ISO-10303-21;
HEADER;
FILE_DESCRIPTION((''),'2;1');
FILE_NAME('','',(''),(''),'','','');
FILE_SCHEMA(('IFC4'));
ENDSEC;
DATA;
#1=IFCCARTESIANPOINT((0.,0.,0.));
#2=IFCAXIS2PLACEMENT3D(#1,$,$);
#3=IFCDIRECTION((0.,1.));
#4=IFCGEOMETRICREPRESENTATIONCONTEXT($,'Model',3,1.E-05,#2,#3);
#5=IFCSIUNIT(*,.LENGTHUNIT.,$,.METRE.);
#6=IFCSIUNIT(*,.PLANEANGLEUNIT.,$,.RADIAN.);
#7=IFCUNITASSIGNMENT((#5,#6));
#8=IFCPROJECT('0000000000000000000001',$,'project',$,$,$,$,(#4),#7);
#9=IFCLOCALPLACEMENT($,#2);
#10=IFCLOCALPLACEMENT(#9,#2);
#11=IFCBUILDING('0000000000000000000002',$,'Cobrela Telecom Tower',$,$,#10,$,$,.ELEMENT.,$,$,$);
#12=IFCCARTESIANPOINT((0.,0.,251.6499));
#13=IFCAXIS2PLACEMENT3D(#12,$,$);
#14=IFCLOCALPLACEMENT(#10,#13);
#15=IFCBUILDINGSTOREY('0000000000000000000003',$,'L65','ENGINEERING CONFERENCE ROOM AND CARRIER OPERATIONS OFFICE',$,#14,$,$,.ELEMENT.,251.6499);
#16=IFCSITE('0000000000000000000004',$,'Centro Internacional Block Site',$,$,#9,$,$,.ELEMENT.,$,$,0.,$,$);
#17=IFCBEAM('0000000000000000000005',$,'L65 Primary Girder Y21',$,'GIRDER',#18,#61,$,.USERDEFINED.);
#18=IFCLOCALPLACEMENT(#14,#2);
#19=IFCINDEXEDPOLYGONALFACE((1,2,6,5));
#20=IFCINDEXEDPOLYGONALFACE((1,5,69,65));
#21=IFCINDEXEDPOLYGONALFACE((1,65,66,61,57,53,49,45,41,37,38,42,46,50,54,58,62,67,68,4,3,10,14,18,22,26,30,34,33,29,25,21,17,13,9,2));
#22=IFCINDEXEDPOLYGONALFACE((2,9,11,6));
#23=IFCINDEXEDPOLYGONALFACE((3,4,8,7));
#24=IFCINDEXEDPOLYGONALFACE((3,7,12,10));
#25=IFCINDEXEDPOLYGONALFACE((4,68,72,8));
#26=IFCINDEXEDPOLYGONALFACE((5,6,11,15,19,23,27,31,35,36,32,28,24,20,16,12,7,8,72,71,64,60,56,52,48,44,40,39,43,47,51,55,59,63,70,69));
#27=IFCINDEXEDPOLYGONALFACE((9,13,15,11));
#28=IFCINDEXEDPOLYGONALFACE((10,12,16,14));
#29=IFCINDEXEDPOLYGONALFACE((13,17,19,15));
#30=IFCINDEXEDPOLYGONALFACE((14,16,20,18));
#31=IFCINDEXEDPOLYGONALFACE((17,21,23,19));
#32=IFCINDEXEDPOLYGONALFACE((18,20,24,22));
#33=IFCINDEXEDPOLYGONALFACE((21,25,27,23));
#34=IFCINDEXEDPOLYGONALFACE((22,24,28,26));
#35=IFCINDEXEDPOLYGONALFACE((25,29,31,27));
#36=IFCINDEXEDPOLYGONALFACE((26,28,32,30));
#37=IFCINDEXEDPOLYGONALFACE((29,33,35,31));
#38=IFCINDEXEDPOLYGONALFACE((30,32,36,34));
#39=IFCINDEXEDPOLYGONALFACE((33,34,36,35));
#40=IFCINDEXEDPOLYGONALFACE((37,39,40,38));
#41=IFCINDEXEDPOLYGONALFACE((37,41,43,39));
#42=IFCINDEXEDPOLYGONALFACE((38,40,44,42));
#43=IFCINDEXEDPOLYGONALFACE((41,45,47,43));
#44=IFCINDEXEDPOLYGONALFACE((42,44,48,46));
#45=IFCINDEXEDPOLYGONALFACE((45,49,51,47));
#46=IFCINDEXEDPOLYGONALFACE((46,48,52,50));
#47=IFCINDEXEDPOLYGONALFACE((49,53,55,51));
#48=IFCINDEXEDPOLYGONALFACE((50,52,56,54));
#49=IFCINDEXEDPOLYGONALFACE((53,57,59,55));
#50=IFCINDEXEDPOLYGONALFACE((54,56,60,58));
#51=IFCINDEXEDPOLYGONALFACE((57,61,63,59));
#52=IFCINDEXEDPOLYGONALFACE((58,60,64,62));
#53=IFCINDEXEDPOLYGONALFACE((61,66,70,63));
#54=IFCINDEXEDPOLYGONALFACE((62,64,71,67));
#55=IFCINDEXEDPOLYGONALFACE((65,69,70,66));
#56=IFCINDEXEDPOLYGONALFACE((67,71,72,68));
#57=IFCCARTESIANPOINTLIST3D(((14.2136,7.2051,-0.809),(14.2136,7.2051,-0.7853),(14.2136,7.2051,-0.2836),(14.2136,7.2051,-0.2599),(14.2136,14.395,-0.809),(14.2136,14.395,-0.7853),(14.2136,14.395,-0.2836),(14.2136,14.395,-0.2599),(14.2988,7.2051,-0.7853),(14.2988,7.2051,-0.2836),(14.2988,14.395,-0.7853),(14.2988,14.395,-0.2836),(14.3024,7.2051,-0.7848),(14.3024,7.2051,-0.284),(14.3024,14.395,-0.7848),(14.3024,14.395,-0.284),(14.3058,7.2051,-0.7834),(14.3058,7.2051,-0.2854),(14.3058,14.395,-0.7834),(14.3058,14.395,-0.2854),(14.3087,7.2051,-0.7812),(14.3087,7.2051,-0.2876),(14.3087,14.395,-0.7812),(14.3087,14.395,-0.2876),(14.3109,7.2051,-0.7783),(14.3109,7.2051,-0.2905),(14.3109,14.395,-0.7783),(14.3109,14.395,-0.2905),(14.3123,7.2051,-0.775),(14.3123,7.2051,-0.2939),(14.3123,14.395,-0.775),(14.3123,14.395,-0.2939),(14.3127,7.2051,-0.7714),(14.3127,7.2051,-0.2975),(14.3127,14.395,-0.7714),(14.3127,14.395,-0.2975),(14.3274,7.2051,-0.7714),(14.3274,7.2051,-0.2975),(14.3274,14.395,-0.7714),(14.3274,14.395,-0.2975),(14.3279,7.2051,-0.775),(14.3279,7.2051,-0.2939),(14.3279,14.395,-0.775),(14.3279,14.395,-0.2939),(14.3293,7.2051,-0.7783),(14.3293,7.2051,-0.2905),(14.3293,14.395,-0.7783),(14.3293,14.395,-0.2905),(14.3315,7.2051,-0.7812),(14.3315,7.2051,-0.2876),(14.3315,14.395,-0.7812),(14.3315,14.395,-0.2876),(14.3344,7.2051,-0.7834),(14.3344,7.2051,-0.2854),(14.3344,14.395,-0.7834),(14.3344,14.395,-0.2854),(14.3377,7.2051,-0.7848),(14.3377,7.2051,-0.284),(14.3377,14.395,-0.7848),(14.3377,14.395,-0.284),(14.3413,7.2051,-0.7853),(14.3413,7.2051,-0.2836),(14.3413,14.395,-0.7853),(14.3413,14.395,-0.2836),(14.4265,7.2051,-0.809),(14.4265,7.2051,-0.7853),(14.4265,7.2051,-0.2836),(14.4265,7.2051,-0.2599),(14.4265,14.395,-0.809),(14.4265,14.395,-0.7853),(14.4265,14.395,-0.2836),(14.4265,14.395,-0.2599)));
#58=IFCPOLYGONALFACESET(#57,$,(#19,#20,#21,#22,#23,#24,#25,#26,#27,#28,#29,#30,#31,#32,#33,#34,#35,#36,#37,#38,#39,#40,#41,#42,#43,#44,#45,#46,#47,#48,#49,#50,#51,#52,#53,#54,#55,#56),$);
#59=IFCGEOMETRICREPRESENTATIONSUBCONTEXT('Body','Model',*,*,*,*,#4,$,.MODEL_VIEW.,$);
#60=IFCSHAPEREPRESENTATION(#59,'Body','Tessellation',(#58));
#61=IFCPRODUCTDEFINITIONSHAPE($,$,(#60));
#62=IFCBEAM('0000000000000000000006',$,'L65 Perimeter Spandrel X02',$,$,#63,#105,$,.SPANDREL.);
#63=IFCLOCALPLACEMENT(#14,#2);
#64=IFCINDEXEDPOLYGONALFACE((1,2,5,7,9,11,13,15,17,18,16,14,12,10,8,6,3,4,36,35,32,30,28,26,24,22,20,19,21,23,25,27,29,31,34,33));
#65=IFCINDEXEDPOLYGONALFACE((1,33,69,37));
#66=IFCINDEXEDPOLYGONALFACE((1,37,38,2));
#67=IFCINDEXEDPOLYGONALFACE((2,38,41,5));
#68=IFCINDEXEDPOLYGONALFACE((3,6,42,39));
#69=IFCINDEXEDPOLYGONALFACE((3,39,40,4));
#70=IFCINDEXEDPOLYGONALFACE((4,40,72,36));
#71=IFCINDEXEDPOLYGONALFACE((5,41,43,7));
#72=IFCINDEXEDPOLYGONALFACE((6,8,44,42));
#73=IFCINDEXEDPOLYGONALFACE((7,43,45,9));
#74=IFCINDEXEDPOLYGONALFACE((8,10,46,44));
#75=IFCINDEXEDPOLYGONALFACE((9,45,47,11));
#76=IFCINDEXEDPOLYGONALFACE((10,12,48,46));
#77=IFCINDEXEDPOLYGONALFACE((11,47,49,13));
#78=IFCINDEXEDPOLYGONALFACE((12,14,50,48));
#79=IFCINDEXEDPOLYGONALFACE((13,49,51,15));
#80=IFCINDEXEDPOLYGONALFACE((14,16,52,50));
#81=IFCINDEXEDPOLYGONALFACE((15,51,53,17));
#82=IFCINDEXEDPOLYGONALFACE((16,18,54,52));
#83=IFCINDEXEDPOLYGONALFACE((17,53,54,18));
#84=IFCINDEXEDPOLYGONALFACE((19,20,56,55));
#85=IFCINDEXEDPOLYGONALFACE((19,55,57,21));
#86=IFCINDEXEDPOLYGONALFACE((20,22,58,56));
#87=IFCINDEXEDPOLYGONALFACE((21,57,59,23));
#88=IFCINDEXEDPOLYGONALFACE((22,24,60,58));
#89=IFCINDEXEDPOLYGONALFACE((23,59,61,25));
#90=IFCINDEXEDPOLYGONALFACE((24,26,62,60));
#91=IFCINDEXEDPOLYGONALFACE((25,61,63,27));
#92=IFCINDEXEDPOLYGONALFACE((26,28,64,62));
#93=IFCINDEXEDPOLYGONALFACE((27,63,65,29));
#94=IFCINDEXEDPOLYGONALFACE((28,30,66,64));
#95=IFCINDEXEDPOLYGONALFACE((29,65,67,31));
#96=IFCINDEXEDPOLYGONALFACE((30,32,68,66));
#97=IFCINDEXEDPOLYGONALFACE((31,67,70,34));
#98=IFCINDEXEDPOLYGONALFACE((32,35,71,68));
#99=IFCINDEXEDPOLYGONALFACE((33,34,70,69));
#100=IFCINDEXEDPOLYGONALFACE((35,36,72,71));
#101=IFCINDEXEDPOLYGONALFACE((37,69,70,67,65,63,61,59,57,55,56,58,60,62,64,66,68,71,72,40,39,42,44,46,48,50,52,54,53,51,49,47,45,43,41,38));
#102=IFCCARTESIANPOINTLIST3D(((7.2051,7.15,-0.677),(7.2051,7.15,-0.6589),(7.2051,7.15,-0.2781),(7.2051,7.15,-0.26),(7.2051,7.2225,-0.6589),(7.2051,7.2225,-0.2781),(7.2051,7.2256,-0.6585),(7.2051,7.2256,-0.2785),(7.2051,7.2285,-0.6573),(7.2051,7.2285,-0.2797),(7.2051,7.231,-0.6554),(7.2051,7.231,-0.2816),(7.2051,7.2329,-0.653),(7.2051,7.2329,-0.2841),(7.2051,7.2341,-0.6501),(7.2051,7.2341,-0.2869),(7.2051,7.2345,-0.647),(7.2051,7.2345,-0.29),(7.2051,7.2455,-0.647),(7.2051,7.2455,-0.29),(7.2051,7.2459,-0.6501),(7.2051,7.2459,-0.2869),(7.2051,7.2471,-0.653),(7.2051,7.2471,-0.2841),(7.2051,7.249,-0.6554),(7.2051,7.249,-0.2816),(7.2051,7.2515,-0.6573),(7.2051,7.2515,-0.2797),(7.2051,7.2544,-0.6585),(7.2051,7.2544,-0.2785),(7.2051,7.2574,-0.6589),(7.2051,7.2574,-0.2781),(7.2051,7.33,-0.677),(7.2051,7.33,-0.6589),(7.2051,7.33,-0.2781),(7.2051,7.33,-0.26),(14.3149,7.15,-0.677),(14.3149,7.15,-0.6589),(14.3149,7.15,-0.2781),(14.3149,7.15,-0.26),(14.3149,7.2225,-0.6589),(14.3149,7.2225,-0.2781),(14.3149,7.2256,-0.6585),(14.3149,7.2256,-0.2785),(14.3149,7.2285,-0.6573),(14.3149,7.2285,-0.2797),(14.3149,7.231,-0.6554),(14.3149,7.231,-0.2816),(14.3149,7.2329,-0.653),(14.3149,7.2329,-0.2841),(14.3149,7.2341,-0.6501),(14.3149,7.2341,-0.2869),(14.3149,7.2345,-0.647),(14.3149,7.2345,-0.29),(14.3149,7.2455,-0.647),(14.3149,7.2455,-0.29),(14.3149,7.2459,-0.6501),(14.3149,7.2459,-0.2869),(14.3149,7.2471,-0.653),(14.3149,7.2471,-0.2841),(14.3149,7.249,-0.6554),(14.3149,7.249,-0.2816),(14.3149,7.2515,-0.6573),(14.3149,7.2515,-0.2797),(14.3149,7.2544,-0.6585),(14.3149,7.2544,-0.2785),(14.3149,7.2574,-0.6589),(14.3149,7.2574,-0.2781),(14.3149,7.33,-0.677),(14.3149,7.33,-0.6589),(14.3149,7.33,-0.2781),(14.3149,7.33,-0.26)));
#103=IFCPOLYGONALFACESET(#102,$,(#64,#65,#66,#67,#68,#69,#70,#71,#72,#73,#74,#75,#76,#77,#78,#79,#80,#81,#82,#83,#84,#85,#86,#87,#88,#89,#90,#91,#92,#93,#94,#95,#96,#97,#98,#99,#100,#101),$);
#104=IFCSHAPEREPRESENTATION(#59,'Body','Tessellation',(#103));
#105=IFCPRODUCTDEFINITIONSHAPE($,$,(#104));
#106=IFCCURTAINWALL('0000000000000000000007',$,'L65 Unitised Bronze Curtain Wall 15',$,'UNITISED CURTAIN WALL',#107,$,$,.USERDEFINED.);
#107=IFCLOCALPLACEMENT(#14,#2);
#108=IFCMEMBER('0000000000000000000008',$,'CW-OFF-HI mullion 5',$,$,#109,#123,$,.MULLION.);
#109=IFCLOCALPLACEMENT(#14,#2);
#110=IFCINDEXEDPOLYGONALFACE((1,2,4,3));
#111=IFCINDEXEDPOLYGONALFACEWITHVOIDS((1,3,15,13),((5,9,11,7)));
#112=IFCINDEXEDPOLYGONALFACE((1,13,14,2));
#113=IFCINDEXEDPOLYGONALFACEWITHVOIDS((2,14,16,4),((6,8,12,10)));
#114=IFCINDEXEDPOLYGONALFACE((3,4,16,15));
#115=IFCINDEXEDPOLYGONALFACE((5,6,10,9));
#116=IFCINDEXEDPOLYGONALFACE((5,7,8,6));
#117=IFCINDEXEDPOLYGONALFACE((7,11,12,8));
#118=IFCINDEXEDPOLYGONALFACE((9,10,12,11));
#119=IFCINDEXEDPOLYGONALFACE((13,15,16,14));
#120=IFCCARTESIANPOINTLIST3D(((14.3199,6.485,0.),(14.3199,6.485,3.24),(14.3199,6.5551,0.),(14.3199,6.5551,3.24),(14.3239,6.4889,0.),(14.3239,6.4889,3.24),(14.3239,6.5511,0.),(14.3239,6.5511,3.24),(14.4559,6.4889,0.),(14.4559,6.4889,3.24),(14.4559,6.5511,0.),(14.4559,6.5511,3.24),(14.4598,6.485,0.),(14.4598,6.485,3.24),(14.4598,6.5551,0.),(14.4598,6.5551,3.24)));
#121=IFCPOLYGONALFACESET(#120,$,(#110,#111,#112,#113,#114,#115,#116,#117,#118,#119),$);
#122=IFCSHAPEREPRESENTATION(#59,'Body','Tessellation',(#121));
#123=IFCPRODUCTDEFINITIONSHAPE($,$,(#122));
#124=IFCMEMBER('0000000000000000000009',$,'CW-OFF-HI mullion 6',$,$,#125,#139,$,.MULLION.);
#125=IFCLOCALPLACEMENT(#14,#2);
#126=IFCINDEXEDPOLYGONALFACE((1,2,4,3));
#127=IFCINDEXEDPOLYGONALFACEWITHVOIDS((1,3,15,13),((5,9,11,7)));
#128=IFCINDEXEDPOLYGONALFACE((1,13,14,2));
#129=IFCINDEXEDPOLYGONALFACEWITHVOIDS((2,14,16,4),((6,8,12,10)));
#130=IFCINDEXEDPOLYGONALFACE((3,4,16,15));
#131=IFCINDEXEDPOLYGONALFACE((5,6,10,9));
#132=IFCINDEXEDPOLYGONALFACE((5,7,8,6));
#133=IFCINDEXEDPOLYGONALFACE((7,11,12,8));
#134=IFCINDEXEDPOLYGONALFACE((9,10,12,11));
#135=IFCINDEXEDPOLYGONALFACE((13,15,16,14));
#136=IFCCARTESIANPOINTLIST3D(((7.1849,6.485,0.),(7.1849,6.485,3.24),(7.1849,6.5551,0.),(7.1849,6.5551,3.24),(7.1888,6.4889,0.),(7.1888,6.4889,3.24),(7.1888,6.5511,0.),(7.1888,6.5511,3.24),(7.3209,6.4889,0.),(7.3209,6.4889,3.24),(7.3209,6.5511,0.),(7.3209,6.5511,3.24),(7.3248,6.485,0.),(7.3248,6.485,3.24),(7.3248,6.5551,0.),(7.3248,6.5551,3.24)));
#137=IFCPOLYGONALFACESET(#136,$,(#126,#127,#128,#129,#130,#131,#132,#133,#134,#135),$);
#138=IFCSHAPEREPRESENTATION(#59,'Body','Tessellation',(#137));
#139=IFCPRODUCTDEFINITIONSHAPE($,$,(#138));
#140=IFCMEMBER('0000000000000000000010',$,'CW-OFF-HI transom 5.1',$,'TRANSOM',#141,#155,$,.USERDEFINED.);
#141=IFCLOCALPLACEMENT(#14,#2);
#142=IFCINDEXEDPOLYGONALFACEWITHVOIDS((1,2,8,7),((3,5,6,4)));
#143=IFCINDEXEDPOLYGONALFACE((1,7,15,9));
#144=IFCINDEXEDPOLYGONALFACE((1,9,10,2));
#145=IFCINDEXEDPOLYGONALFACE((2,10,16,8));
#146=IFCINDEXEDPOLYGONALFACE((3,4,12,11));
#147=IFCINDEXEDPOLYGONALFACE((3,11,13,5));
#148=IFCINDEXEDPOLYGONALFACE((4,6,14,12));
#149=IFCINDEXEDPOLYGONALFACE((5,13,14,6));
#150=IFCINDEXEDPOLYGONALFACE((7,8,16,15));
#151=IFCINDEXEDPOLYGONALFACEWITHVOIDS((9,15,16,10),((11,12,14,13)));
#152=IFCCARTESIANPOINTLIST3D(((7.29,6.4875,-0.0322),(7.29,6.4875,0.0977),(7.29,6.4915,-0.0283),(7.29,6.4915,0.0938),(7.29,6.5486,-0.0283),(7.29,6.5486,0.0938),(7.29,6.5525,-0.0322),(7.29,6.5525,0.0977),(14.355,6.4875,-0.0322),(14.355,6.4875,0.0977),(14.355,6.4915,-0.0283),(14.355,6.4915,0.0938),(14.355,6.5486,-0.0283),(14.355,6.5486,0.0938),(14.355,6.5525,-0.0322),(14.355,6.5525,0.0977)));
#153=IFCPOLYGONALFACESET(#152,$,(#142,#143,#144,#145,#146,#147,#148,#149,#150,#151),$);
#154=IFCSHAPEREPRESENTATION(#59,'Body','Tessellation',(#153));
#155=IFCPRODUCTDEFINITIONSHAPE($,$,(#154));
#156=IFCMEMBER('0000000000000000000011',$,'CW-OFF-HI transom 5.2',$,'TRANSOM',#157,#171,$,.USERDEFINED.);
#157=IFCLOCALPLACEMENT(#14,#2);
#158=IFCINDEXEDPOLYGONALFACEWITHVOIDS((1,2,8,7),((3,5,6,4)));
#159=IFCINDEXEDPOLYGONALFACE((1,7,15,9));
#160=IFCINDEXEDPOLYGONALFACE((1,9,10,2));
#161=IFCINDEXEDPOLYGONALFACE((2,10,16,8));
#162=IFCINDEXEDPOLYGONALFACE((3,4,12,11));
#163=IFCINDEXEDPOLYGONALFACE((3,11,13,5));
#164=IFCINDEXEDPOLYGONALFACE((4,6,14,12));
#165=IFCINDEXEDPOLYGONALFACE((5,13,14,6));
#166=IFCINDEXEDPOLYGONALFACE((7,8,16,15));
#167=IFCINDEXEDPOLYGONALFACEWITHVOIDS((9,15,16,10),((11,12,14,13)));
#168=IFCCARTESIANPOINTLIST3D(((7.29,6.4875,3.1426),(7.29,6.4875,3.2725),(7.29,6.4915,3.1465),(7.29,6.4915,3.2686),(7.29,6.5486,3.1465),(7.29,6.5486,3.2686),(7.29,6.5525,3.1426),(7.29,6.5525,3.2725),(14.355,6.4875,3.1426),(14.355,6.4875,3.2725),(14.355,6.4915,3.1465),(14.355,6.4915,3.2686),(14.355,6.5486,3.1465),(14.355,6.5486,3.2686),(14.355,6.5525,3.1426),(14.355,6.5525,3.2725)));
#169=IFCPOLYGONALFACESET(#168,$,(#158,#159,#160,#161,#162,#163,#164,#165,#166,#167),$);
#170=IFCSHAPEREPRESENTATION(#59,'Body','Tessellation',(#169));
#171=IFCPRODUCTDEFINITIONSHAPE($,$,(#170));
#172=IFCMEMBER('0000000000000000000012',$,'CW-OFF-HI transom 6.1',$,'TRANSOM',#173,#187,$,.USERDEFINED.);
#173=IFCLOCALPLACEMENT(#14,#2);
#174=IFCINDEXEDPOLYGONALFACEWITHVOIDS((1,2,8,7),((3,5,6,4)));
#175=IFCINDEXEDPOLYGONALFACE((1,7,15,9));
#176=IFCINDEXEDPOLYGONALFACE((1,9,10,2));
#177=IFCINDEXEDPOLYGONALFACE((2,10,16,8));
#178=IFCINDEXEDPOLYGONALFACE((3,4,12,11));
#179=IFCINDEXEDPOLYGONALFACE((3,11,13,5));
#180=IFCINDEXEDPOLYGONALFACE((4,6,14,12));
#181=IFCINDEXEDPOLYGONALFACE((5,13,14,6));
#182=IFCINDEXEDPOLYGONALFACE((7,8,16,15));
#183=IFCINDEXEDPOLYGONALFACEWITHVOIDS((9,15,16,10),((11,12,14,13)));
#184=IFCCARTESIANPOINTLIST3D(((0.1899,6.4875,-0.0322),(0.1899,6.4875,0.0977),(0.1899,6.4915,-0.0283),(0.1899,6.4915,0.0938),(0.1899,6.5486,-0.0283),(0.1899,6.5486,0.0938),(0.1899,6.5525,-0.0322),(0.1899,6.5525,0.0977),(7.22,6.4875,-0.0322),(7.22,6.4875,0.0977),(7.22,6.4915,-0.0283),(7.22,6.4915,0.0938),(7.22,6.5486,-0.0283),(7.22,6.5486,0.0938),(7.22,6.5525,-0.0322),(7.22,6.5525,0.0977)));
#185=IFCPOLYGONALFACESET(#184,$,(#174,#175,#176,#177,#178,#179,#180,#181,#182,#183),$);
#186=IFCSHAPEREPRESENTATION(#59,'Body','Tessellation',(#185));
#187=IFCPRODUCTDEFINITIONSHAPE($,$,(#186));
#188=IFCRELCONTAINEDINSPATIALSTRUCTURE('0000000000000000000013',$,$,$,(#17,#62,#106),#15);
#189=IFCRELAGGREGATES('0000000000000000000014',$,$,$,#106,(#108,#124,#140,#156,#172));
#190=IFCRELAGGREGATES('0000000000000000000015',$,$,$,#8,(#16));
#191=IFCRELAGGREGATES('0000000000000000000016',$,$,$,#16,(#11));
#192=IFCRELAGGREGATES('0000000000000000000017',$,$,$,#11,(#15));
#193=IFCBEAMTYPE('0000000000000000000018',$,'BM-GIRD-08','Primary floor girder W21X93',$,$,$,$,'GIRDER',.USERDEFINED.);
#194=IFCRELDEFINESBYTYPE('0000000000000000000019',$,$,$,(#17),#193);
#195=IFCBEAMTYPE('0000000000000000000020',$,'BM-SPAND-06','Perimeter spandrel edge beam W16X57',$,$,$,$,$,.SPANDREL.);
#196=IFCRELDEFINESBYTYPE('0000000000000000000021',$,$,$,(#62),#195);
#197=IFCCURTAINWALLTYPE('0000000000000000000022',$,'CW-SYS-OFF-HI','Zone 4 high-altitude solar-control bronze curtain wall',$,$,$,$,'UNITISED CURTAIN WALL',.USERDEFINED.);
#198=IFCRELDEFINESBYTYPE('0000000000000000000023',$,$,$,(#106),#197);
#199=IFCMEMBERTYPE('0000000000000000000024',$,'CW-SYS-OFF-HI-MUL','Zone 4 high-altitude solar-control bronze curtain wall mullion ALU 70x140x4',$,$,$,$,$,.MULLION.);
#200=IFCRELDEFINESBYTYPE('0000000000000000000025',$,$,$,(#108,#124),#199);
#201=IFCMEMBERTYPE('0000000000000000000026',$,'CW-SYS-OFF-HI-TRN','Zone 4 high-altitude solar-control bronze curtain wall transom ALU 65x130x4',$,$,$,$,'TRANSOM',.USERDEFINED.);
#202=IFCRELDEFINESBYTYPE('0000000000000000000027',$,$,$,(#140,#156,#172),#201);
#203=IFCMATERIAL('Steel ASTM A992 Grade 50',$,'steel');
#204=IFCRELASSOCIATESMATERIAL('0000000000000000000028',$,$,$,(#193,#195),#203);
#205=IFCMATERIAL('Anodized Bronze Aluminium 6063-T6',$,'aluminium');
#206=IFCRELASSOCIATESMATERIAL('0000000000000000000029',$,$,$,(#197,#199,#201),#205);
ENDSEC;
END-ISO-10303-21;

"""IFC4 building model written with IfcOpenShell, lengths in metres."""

from ifc_helpers import new_model, si_unit, direction, frame, origin, origin_2d, place, context, subcontext, project, spatial, hollow_rectangle, i_section, extrude, material, material_profile, profile_set, type_object, element, aggregate, save


model = new_model("IFC4")

# Units and contexts
model_context = context("Model", 3, precision=1e-05, world=origin(), true_north=direction((0.0, 1.0)))
body_context = subcontext(model_context, "Body", "Model", "MODEL_VIEW")
ifc_project = project(units=[si_unit("LENGTHUNIT", "METRE"), si_unit("PLANEANGLEUNIT", "RADIAN")], contexts=[model_context])

# Site, building, storey
site_placement = place(None, origin())
site = spatial("IfcSite", under=ifc_project, at=site_placement, Name="Centro Internacional Block Site", CompositionType="ELEMENT", RefElevation=0.0)
building_placement = place(site_placement, origin())
building = spatial("IfcBuilding", under=site, at=building_placement, Name="Cobrela Telecom Tower", CompositionType="ELEMENT")
storey_placement = place(building_placement, frame((0.0, 0.0, 251.6499)))
storey = spatial("IfcBuildingStorey", under=building, at=storey_placement, Name="L65", Description="ENGINEERING CONFERENCE ROOM AND CARRIER OPERATIONS OFFICE", CompositionType="ELEMENT", Elevation=251.6499)

# Beams
ifc_material_1 = material(Name="Steel ASTM A992 Grade 50", Category="steel")
ifc_material_profile_1 = material_profile(ifc_material_1, i_section(OverallWidth=0.2129, OverallDepth=0.5491, WebThickness=0.0146, FlangeThickness=0.0237, FilletRadius=0.0139, at=origin_2d()), Name="W21X93")
ifc_profile_set_1 = profile_set([ifc_material_profile_1], Name="Steel ASTM A992 Grade 50")
beam_type_1 = type_object("IfcBeamType", Name="BM-GIRD-08", Description="Primary floor girder W21X93", ElementType="GIRDER", PredefinedType="USERDEFINED", material=ifc_profile_set_1)
beam_1_placement = place(storey_placement, frame((14.3201, 7.2051, -0.5344), z_axis=(0.0, 1.0, 0.0), x_axis=(-1.0, 0.0, 0.0)))
element("IfcBeam", 1, at=beam_1_placement, inside=storey, type_object=beam_type_1, Name="L65 Primary Girder Y21", ObjectType="GIRDER", PredefinedType="USERDEFINED", context=body_context, shape_type="SweptSolid", body=[
    extrude(i_section(OverallWidth=0.2129, OverallDepth=0.5491, WebThickness=0.0146, FlangeThickness=0.0237, FilletRadius=0.0139, at=origin_2d()), origin(), (0.0, 0.0, 1.0), 7.1899),
])
ifc_material_profile_2 = material_profile(ifc_material_1, i_section(OverallWidth=0.1799, OverallDepth=0.417, WebThickness=0.011, FlangeThickness=0.0181, FilletRadius=0.012, at=origin_2d()), Name="W16X57")
ifc_profile_set_2 = profile_set([ifc_material_profile_2], Name="Steel ASTM A992 Grade 50")
beam_type_2 = type_object("IfcBeamType", Name="BM-SPAND-06", Description="Perimeter spandrel edge beam W16X57", PredefinedType="SPANDREL", material=ifc_profile_set_2)
beam_2_placement = place(storey_placement, frame((7.2051, 7.24, -0.4685), z_axis=(1.0, 0.0, 0.0), x_axis=(0.0, 1.0, 0.0)))
element("IfcBeam", 2, at=beam_2_placement, inside=storey, type_object=beam_type_2, Name="L65 Perimeter Spandrel X02", PredefinedType="SPANDREL", context=body_context, shape_type="SweptSolid", body=[
    extrude(i_section(OverallWidth=0.1799, OverallDepth=0.417, WebThickness=0.011, FlangeThickness=0.0181, FilletRadius=0.012, at=origin_2d()), origin(), (0.0, 0.0, 1.0), 7.1099),
])

# Curtain wall, members
ifc_material_2 = material(Name="Anodized Bronze Aluminium 6063-T6", Category="aluminium")
curtain_wall_type = type_object("IfcCurtainWallType", Name="CW-SYS-OFF-HI", Description="Zone 4 high-altitude solar-control bronze curtain wall", ElementType="UNITISED CURTAIN WALL", PredefinedType="USERDEFINED", material=ifc_material_2)
curtain_wall_placement = place(storey_placement, origin())
curtain_wall = element("IfcCurtainWall", 3, at=curtain_wall_placement, inside=storey, type_object=curtain_wall_type, Name="L65 Unitised Bronze Curtain Wall 15", ObjectType="UNITISED CURTAIN WALL", PredefinedType="USERDEFINED")
ifc_material_profile_3 = material_profile(ifc_material_2, hollow_rectangle(XDim=0.0701, YDim=0.1399, WallThickness=0.0039, at=origin_2d()), Name="ALU 70x140x4")
ifc_profile_set_3 = profile_set([ifc_material_profile_3], Name="Anodized Bronze Aluminium 6063-T6")
member_type_1 = type_object("IfcMemberType", Name="CW-SYS-OFF-HI-MUL", Description="Zone 4 high-altitude solar-control bronze curtain wall mullion ALU 70x140x4", PredefinedType="MULLION", material=ifc_profile_set_3)
member_1_placement = place(storey_placement, frame((14.3899, 6.52, 0.0), z_axis=(0.0, 0.0, 1.0), x_axis=(0.0, -1.0, 0.0)))
member_1 = element("IfcMember", 4, at=member_1_placement, type_object=member_type_1, Name="CW-OFF-HI mullion 5", PredefinedType="MULLION", context=body_context, shape_type="SweptSolid", body=[
    extrude(hollow_rectangle(XDim=0.0701, YDim=0.1399, WallThickness=0.0039, at=origin_2d()), origin(), (0.0, 0.0, 1.0), 3.24),
])
member_2_placement = place(storey_placement, frame((7.2549, 6.52, 0.0), z_axis=(0.0, 0.0, 1.0), x_axis=(0.0, -1.0, 0.0)))
member_2 = element("IfcMember", 5, at=member_2_placement, type_object=member_type_1, Name="CW-OFF-HI mullion 6", PredefinedType="MULLION", context=body_context, shape_type="SweptSolid", body=[
    extrude(hollow_rectangle(XDim=0.0701, YDim=0.1399, WallThickness=0.0039, at=origin_2d()), origin(), (0.0, 0.0, 1.0), 3.24),
])
ifc_material_profile_4 = material_profile(ifc_material_2, hollow_rectangle(XDim=0.0649, YDim=0.1299, WallThickness=0.0039, at=origin_2d()), Name="ALU 65x130x4")
ifc_profile_set_4 = profile_set([ifc_material_profile_4], Name="Anodized Bronze Aluminium 6063-T6")
member_type_2 = type_object("IfcMemberType", Name="CW-SYS-OFF-HI-TRN", Description="Zone 4 high-altitude solar-control bronze curtain wall transom ALU 65x130x4", ElementType="TRANSOM", PredefinedType="USERDEFINED", material=ifc_profile_set_4)
member_3_placement = place(storey_placement, frame((14.355, 6.52, 0.0327), z_axis=(-1.0, 0.0, 0.0), x_axis=(0.0, -1.0, 0.0)))
member_3 = element("IfcMember", 6, at=member_3_placement, type_object=member_type_2, Name="CW-OFF-HI transom 5.1", ObjectType="TRANSOM", PredefinedType="USERDEFINED", context=body_context, shape_type="SweptSolid", body=[
    extrude(hollow_rectangle(XDim=0.0649, YDim=0.1299, WallThickness=0.0039, at=origin_2d()), origin(), (0.0, 0.0, 1.0), 7.0649),
])
member_4_placement = place(storey_placement, frame((14.355, 6.52, 3.2075), z_axis=(-1.0, 0.0, 0.0), x_axis=(0.0, -1.0, 0.0)))
member_4 = element("IfcMember", 7, at=member_4_placement, type_object=member_type_2, Name="CW-OFF-HI transom 5.2", ObjectType="TRANSOM", PredefinedType="USERDEFINED", context=body_context, shape_type="SweptSolid", body=[
    extrude(hollow_rectangle(XDim=0.0649, YDim=0.1299, WallThickness=0.0039, at=origin_2d()), origin(), (0.0, 0.0, 1.0), 7.0649),
])
member_5_placement = place(storey_placement, frame((7.22, 6.52, 0.0327), z_axis=(-1.0, 0.0, 0.0), x_axis=(0.0, -1.0, 0.0)))
member_5 = element("IfcMember", 8, at=member_5_placement, type_object=member_type_2, Name="CW-OFF-HI transom 6.1", ObjectType="TRANSOM", PredefinedType="USERDEFINED", context=body_context, shape_type="SweptSolid", body=[
    extrude(hollow_rectangle(XDim=0.0649, YDim=0.1299, WallThickness=0.0039, at=origin_2d()), origin(), (0.0, 0.0, 1.0), 7.03),
])
aggregate(curtain_wall, [member_1, member_2, member_3, member_4, member_5])

save(model, "model.ifc")
